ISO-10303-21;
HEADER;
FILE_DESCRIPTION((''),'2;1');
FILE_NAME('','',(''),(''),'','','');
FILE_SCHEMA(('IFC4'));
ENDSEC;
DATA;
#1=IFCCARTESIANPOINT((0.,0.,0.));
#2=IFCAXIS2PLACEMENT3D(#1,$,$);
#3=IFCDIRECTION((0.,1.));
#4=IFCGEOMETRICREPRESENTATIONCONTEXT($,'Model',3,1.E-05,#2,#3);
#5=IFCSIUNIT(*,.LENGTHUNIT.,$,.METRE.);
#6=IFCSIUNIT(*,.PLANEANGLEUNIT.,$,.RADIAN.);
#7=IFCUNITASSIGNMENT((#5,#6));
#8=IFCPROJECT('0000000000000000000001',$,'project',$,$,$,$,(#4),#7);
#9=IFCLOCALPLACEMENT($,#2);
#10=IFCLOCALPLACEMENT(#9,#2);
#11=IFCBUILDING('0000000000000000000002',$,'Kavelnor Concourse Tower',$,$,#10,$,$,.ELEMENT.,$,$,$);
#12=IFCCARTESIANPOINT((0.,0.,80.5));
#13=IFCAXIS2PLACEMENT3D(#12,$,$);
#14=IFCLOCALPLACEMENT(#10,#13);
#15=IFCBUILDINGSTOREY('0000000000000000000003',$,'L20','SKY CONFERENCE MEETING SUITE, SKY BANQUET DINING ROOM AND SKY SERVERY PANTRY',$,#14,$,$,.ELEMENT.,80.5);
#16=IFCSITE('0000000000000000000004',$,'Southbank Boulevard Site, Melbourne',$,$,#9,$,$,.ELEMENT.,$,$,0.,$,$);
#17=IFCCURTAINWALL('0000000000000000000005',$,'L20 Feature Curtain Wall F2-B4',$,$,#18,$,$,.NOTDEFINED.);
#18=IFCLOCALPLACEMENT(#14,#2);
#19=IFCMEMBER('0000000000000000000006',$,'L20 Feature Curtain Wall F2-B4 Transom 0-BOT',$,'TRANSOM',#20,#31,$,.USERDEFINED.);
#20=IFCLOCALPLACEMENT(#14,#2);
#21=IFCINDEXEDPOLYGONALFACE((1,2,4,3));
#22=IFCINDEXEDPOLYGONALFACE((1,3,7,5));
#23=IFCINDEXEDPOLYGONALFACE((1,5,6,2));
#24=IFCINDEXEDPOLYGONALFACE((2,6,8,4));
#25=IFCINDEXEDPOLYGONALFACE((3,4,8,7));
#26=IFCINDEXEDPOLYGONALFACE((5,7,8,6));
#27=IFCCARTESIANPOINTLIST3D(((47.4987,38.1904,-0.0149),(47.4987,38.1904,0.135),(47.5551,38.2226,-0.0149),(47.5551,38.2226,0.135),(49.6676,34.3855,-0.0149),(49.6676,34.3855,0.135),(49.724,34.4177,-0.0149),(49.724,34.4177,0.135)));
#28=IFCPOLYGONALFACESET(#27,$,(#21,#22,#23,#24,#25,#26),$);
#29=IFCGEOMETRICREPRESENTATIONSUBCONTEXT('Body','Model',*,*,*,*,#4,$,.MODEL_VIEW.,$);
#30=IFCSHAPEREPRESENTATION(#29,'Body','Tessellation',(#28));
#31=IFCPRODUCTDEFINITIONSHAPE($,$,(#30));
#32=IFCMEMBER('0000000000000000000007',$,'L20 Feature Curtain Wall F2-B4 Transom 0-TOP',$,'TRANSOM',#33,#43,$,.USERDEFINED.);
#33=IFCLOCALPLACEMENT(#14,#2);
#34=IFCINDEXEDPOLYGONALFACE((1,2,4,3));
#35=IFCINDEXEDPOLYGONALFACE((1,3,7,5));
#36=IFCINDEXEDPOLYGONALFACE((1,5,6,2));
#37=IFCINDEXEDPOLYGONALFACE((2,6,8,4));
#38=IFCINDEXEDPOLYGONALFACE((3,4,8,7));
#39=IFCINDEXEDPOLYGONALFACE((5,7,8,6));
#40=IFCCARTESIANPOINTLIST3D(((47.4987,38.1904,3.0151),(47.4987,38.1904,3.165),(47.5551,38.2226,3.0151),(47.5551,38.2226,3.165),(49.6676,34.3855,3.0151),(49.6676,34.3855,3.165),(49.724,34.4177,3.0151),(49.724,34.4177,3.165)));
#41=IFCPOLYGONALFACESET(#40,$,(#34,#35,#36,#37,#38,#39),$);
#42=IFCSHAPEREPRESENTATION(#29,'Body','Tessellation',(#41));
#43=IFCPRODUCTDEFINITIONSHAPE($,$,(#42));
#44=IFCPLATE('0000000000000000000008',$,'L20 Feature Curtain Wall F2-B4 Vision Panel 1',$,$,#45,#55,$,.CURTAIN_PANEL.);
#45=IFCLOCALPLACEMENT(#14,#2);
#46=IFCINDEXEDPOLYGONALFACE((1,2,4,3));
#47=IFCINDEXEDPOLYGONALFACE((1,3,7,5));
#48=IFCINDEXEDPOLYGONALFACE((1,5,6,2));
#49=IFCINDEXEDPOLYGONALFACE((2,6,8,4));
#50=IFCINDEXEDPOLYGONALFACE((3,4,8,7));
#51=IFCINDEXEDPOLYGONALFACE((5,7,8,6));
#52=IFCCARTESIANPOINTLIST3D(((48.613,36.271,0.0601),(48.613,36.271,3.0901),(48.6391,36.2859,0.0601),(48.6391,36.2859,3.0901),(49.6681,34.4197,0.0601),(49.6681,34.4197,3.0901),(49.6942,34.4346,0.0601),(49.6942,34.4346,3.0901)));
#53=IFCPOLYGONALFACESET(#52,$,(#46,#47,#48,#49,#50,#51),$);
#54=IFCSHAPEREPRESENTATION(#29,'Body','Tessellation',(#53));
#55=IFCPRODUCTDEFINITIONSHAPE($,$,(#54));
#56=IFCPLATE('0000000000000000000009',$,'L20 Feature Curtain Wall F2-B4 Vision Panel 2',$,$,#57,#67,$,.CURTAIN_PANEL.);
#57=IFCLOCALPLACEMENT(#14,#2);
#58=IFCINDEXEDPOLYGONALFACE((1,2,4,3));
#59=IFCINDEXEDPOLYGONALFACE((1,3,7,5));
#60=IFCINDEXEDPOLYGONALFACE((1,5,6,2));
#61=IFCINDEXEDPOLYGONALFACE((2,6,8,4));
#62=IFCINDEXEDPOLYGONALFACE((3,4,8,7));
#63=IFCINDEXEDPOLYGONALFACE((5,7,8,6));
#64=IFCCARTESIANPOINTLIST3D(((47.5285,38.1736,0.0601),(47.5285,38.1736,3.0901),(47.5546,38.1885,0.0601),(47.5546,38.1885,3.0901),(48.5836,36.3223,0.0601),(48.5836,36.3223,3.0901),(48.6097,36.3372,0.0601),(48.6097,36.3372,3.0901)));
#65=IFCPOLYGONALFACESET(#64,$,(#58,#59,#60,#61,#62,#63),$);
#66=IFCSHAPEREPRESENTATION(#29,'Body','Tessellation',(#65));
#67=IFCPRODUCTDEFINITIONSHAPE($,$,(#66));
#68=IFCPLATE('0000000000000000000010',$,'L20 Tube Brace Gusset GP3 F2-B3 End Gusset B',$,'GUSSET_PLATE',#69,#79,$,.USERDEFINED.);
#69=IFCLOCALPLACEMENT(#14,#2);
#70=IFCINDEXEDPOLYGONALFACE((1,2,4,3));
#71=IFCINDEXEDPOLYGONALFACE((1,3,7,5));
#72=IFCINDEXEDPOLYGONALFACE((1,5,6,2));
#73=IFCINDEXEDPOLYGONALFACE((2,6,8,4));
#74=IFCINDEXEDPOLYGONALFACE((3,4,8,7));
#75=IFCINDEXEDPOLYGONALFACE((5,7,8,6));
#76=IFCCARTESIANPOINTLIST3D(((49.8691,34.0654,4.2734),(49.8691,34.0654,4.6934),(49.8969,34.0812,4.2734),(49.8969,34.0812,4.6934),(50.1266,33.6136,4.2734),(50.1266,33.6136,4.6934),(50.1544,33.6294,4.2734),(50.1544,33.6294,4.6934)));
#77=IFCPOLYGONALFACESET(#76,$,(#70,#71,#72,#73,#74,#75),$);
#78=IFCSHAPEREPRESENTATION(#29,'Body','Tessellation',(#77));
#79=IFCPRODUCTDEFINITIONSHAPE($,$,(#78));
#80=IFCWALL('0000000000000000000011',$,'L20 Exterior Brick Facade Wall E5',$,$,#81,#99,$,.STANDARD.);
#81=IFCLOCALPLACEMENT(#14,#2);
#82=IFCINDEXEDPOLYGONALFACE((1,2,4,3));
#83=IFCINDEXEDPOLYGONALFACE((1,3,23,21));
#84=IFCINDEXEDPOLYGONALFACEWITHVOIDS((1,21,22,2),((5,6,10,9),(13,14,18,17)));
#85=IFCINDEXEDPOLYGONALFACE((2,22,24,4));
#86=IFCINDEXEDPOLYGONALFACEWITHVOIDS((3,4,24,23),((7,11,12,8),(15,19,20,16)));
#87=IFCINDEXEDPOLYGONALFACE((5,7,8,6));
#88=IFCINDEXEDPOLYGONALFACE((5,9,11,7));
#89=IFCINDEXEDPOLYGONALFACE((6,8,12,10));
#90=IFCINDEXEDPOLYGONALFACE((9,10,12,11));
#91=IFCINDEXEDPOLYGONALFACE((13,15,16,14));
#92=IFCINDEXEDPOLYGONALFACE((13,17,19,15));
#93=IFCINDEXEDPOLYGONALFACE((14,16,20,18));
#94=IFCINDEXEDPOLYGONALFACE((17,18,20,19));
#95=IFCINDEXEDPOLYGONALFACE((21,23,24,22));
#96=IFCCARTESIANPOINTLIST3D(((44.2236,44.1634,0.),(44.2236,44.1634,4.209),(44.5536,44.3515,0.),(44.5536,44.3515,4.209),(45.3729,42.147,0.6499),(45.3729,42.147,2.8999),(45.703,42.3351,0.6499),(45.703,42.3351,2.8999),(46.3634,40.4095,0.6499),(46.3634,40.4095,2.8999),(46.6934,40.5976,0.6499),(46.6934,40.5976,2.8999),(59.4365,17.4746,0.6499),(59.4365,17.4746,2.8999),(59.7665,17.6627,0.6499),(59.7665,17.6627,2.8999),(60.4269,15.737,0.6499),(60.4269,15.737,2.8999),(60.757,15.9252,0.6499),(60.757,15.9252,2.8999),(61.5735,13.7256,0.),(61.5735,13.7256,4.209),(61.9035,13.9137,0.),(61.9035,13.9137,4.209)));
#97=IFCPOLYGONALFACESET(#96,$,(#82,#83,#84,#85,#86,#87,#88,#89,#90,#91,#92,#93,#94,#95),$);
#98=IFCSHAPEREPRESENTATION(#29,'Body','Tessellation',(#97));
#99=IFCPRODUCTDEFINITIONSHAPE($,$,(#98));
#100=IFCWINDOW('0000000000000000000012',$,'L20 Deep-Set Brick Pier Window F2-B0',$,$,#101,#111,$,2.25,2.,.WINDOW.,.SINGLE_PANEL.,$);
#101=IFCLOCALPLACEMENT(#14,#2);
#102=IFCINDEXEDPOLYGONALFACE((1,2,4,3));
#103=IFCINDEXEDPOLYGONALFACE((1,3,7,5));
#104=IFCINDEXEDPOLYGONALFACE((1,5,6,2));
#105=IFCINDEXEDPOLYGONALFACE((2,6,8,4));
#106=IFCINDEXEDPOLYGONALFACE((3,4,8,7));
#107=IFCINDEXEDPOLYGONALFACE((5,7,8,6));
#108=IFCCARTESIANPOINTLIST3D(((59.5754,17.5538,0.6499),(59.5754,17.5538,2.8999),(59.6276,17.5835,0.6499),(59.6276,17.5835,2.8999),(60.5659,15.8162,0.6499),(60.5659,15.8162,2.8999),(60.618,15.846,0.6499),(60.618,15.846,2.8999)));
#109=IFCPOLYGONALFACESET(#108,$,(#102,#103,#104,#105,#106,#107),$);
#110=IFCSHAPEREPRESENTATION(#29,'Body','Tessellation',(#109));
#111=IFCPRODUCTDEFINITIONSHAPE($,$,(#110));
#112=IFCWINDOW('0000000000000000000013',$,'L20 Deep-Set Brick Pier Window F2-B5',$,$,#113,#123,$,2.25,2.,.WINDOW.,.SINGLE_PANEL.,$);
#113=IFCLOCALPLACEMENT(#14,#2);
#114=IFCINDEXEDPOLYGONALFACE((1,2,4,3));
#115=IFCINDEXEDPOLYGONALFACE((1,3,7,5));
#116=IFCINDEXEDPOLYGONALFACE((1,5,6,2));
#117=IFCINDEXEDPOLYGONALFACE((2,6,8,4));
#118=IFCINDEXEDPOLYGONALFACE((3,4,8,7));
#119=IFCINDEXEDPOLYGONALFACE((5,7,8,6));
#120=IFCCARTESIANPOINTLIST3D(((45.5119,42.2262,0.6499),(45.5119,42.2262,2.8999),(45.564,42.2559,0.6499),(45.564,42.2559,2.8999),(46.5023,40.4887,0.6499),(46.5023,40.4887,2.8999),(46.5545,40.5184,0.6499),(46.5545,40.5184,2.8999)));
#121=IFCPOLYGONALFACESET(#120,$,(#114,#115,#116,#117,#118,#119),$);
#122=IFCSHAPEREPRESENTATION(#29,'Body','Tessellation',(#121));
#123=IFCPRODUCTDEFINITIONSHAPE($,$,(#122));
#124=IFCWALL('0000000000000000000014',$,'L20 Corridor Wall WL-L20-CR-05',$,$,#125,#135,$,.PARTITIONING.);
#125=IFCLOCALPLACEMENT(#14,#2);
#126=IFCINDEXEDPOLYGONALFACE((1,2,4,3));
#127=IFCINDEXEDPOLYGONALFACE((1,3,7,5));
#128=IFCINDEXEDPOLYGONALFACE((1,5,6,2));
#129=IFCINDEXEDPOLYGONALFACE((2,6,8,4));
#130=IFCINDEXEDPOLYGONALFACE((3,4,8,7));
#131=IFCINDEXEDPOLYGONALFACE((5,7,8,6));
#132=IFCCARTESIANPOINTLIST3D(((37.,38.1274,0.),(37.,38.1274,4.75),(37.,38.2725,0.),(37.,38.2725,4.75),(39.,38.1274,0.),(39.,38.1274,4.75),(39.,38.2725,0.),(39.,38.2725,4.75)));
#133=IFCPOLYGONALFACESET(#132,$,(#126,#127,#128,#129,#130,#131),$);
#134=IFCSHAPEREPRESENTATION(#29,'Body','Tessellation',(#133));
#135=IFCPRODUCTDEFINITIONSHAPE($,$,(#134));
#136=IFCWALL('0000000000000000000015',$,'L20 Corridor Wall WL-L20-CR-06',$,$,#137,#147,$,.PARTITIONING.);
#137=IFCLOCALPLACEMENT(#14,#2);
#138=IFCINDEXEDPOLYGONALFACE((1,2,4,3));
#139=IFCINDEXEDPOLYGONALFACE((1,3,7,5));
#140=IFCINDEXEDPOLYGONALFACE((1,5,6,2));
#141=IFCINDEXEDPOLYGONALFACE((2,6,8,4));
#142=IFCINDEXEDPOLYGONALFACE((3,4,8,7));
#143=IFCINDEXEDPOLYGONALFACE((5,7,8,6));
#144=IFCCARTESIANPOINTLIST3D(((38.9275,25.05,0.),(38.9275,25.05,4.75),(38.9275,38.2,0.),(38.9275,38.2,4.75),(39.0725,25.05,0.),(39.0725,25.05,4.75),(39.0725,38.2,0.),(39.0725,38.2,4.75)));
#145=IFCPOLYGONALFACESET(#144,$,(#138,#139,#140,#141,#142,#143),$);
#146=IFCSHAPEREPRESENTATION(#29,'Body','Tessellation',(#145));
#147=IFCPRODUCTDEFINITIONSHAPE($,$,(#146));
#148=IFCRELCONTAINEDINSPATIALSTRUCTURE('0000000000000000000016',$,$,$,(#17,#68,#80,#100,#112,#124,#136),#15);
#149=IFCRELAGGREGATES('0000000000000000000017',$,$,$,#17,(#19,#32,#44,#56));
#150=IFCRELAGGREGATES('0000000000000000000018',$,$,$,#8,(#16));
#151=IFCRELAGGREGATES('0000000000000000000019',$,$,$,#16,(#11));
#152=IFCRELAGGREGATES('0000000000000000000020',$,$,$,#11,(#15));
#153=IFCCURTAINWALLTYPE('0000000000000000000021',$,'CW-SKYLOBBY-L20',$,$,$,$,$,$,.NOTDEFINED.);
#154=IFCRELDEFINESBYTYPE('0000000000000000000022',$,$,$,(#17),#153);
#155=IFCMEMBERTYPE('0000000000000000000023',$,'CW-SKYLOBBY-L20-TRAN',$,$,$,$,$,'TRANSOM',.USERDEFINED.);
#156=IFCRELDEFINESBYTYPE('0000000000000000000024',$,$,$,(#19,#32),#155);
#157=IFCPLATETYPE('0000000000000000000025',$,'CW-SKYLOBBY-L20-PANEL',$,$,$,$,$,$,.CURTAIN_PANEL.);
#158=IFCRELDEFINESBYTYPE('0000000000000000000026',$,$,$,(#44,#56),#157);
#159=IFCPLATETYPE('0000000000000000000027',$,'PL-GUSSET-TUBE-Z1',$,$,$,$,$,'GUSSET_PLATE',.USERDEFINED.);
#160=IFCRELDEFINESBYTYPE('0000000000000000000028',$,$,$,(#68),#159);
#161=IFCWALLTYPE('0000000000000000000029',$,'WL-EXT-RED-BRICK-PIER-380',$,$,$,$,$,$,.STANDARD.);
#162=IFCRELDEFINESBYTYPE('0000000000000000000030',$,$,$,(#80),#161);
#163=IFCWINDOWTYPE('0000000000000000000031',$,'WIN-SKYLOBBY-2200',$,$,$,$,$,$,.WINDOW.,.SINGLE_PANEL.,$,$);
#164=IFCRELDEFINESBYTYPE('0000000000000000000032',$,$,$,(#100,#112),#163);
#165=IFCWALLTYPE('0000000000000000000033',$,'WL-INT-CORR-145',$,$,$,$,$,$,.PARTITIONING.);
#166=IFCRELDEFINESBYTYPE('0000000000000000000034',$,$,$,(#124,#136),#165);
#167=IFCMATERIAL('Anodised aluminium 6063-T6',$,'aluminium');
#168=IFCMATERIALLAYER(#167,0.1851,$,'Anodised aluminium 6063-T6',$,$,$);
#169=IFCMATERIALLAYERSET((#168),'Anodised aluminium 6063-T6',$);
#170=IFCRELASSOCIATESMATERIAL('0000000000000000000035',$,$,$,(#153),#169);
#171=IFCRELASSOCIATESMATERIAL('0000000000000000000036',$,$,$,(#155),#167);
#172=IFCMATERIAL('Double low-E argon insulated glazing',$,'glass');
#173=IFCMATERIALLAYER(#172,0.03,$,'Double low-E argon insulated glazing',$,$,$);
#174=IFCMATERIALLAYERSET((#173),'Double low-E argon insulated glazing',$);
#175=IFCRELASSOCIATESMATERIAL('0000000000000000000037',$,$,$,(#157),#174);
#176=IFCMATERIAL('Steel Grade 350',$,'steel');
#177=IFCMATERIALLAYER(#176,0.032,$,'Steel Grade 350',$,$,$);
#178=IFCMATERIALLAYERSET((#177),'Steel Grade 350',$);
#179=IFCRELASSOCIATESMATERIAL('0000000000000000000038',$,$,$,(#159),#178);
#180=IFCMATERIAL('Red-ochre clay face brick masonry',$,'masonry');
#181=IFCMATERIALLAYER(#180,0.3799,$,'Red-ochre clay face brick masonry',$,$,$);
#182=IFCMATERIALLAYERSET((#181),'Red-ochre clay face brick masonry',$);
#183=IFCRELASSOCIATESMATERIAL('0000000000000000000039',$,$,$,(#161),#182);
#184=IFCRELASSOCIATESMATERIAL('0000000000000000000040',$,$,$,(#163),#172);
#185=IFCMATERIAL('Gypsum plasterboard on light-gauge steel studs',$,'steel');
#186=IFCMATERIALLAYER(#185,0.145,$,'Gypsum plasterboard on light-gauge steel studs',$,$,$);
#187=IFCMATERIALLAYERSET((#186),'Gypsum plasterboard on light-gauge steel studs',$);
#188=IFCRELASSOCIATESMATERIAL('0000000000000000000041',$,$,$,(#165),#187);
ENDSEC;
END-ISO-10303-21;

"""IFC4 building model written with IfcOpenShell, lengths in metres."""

from ifc_helpers import new_model, si_unit, direction, frame, frame_2d, origin, origin_2d, place, context, subcontext, project, spatial, rectangle, extrude, material, layer, layer_set, material_profile, profile_set, type_object, element, fill, aggregate, save


model = new_model("IFC4")

# Units and contexts
model_context = context("Model", 3, precision=1e-05, world=origin(), true_north=direction((0.0, 1.0)))
body_context = subcontext(model_context, "Body", "Model", "MODEL_VIEW")
ifc_project = project(units=[si_unit("LENGTHUNIT", "METRE"), si_unit("PLANEANGLEUNIT", "RADIAN")], contexts=[model_context])

# Site, building, storey
site_placement = place(None, origin())
site = spatial("IfcSite", under=ifc_project, at=site_placement, Name="Southbank Boulevard Site, Melbourne", CompositionType="ELEMENT", RefElevation=0.0)
building_placement = place(site_placement, origin())
building = spatial("IfcBuilding", under=site, at=building_placement, Name="Kavelnor Concourse Tower", CompositionType="ELEMENT")
storey_placement = place(building_placement, frame((0.0, 0.0, 80.5)))
storey = spatial("IfcBuildingStorey", under=building, at=storey_placement, Name="L20", Description="SKY CONFERENCE MEETING SUITE, SKY BANQUET DINING ROOM AND SKY SERVERY PANTRY", CompositionType="ELEMENT", Elevation=80.5)

# Shared definitions
ifc_material_1 = material(Name="Steel Grade 350", Category="steel")

# Curtain wall, members, plates
ifc_material_2 = material(Name="Anodised aluminium 6063-T6", Category="aluminium")
ifc_layer_1 = layer(ifc_material_2, 0.1851, Name="Anodised aluminium 6063-T6")
ifc_layer_set_1 = layer_set([ifc_layer_1], Name="Anodised aluminium 6063-T6")
curtain_wall_type = type_object("IfcCurtainWallType", Name="CW-SKYLOBBY-L20", PredefinedType="NOTDEFINED", material=ifc_layer_set_1)
curtain_wall_placement = place(storey_placement, origin())
curtain_wall = element("IfcCurtainWall", 1, at=curtain_wall_placement, inside=storey, type_object=curtain_wall_type, Name="L20 Feature Curtain Wall F2-B4", PredefinedType="NOTDEFINED")
ifc_material_profile_1 = material_profile(ifc_material_2, rectangle(XDim=0.0649, YDim=0.1499, at=origin_2d()), Name="AL-TRAN 65x150")
ifc_profile_set_1 = profile_set([ifc_material_profile_1], Name="Anodised aluminium 6063-T6")
member_type_1 = type_object("IfcMemberType", Name="CW-SKYLOBBY-L20-TRAN", ElementType="TRANSOM", PredefinedType="USERDEFINED", material=ifc_profile_set_1)
member_1_placement = place(storey_placement, frame((49.6958, 34.4016, 0.0601), z_axis=(-0.495226, 0.868764, 0.0), x_axis=(-0.868764, -0.495226, 0.0)))
member_1 = element("IfcMember", 2, at=member_1_placement, type_object=member_type_1, Name="L20 Feature Curtain Wall F2-B4 Transom 0-BOT", ObjectType="TRANSOM", PredefinedType="USERDEFINED", context=body_context, shape_type="SweptSolid", body=[
    extrude(rectangle(XDim=0.0649, YDim=0.1499, at=origin_2d()), origin(), (0.0, 0.0, 1.0), 4.3796),
])
member_2_placement = place(storey_placement, frame((49.6958, 34.4016, 3.0901), z_axis=(-0.495226, 0.868764, 0.0), x_axis=(-0.868764, -0.495226, 0.0)))
member_2 = element("IfcMember", 3, at=member_2_placement, type_object=member_type_1, Name="L20 Feature Curtain Wall F2-B4 Transom 0-TOP", ObjectType="TRANSOM", PredefinedType="USERDEFINED", context=body_context, shape_type="SweptSolid", body=[
    extrude(rectangle(XDim=0.0649, YDim=0.1499, at=origin_2d()), origin(), (0.0, 0.0, 1.0), 4.3796),
])
ifc_material_3 = material(Name="Double low-E argon insulated glazing", Category="glass")
ifc_layer_2 = layer(ifc_material_3, 0.03, Name="Double low-E argon insulated glazing")
ifc_layer_set_2 = layer_set([ifc_layer_2], Name="Double low-E argon insulated glazing")
plate_type_1 = type_object("IfcPlateType", Name="CW-SKYLOBBY-L20-PANEL", PredefinedType="CURTAIN_PANEL", material=ifc_layer_set_2)
plate_1_placement = place(storey_placement, frame((49.1536, 35.3528, 0.0601), z_axis=(0.0, 0.0, 1.0), x_axis=(-0.495155, 0.868804, 0.0)))
plate_1 = element("IfcPlate", 4, at=plate_1_placement, type_object=plate_type_1, Name="L20 Feature Curtain Wall F2-B4 Vision Panel 1", PredefinedType="CURTAIN_PANEL", context=body_context, shape_type="SweptSolid", body=[
    extrude(rectangle(XDim=2.1309, YDim=0.03, at=origin_2d()), origin(), (0.0, 0.0, 1.0), 3.03),
])
plate_2_placement = place(storey_placement, frame((48.0691, 37.2554, 0.0601), z_axis=(0.0, 0.0, 1.0), x_axis=(-0.495155, 0.868804, 0.0)))
plate_2 = element("IfcPlate", 5, at=plate_2_placement, type_object=plate_type_1, Name="L20 Feature Curtain Wall F2-B4 Vision Panel 2", PredefinedType="CURTAIN_PANEL", context=body_context, shape_type="SweptSolid", body=[
    extrude(rectangle(XDim=2.1309, YDim=0.03, at=origin_2d()), origin(), (0.0, 0.0, 1.0), 3.03),
])
aggregate(curtain_wall, [member_1, member_2, plate_1, plate_2])

# Plate
ifc_layer_3 = layer(ifc_material_1, 0.032, Name="Steel Grade 350")
ifc_layer_set_3 = layer_set([ifc_layer_3], Name="Steel Grade 350")
plate_type_2 = type_object("IfcPlateType", Name="PL-GUSSET-TUBE-Z1", ElementType="GUSSET_PLATE", PredefinedType="USERDEFINED", material=ifc_layer_set_3)
plate_3_placement = place(storey_placement, frame((50.0117, 33.8474, 4.2734), z_axis=(0.0, 0.0, 1.0), x_axis=(-0.495155, 0.868804, 0.0)))
element("IfcPlate", 6, at=plate_3_placement, inside=storey, type_object=plate_type_2, Name="L20 Tube Brace Gusset GP3 F2-B3 End Gusset B", ObjectType="GUSSET_PLATE", PredefinedType="USERDEFINED", context=body_context, shape_type="SweptSolid", body=[
    extrude(rectangle(XDim=0.52, YDim=0.032, at=origin_2d()), origin(), (0.0, 0.0, 1.0), 0.4199),
])

# Wall, openings, windows
ifc_material_4 = material(Name="Red-ochre clay face brick masonry", Category="masonry")
ifc_layer_4 = layer(ifc_material_4, 0.3799, Name="Red-ochre clay face brick masonry")
ifc_layer_set_4 = layer_set([ifc_layer_4], Name="Red-ochre clay face brick masonry")
wall_type_1 = type_object("IfcWallType", Name="WL-EXT-RED-BRICK-PIER-380", PredefinedType="STANDARD", material=ifc_layer_set_4)
wall_1_placement = place(storey_placement, frame((44.3887, 44.2573, 0.0), z_axis=(0.0, 0.0, 1.0), x_axis=(0.49521, -0.868773, 0.0)))
wall_1 = element("IfcWall", 7, at=wall_1_placement, inside=storey, type_object=wall_type_1, Name="L20 Exterior Brick Facade Wall E5", PredefinedType="STANDARD", context=body_context, shape_type="SweptSolid", body=[
    extrude(rectangle(XDim=35.0354, YDim=0.3799, at=frame_2d((17.5176, 0.0))), origin(), (0.0, 0.0, 1.0), 4.209),
])
opening_1_placement = place(wall_1_placement, frame((30.72, 0.0, 0.6499)))
opening_1 = element("IfcOpeningElement", 8, at=opening_1_placement, cuts=wall_1, PredefinedType="OPENING", context=body_context, shape_type="SweptSolid", body=[
    extrude(rectangle(XDim=2.0, YDim=2.25, at=frame_2d((1.0, 1.125))), frame((0.0, 0.2, 0.0), z_axis=(0.0, -1.0, 0.0), x_axis=(1.0, 0.0, 0.0)), (0.0, 0.0, 1.0), 0.3999),
])
opening_2_placement = place(wall_1_placement, frame((2.3208, 0.0, 0.6499)))
opening_2 = element("IfcOpeningElement", 9, at=opening_2_placement, cuts=wall_1, PredefinedType="OPENING", context=body_context, shape_type="SweptSolid", body=[
    extrude(rectangle(XDim=2.0, YDim=2.25, at=frame_2d((1.0, 1.125))), frame((0.0, 0.2, 0.0), z_axis=(0.0, -1.0, 0.0), x_axis=(1.0, 0.0, 0.0)), (0.0, 0.0, 1.0), 0.3999),
])
window_type = type_object("IfcWindowType", Name="WIN-SKYLOBBY-2200", PartitioningType="SINGLE_PANEL", PredefinedType="WINDOW", material=ifc_material_3)
window_1_placement = place(opening_1_placement, origin())
window_1 = element("IfcWindow", 10, at=window_1_placement, inside=storey, type_object=window_type, Name="L20 Deep-Set Brick Pier Window F2-B0", OverallHeight=2.25, OverallWidth=2.0, PartitioningType="SINGLE_PANEL", PredefinedType="WINDOW", context=body_context, shape_type="SweptSolid", body=[
    extrude(rectangle(XDim=2.0, YDim=2.25, at=frame_2d((1.0, 1.125))), frame((0.0, 0.03, 0.0), z_axis=(0.0, -1.0, 0.0), x_axis=(1.0, 0.0, 0.0)), (0.0, 0.0, 1.0), 0.0601),
])
fill(opening_1, window_1)
window_2_placement = place(opening_2_placement, origin())
window_2 = element("IfcWindow", 11, at=window_2_placement, inside=storey, type_object=window_type, Name="L20 Deep-Set Brick Pier Window F2-B5", OverallHeight=2.25, OverallWidth=2.0, PartitioningType="SINGLE_PANEL", PredefinedType="WINDOW", context=body_context, shape_type="SweptSolid", body=[
    extrude(rectangle(XDim=2.0, YDim=2.25, at=frame_2d((1.0, 1.125))), frame((0.0, 0.03, 0.0), z_axis=(0.0, -1.0, 0.0), x_axis=(1.0, 0.0, 0.0)), (0.0, 0.0, 1.0), 0.0601),
])
fill(opening_2, window_2)

# Walls
ifc_material_5 = material(Name="Gypsum plasterboard on light-gauge steel studs", Category="steel")
ifc_layer_5 = layer(ifc_material_5, 0.145, Name="Gypsum plasterboard on light-gauge steel studs")
ifc_layer_set_5 = layer_set([ifc_layer_5], Name="Gypsum plasterboard on light-gauge steel studs")
wall_type_2 = type_object("IfcWallType", Name="WL-INT-CORR-145", PredefinedType="PARTITIONING", material=ifc_layer_set_5)
wall_2_placement = place(storey_placement, frame((37.0, 38.2, 0.0), z_axis=(0.0, 0.0, 1.0), x_axis=(1.0, 0.0, 0.0)))
element("IfcWall", 12, at=wall_2_placement, inside=storey, type_object=wall_type_2, Name="L20 Corridor Wall WL-L20-CR-05", PredefinedType="PARTITIONING", context=body_context, shape_type="SweptSolid", body=[
    extrude(rectangle(XDim=2.0, YDim=0.145, at=frame_2d((1.0, 0.0))), origin(), (0.0, 0.0, 1.0), 4.75),
])
wall_3_placement = place(storey_placement, frame((39.0, 38.2, 0.0), z_axis=(0.0, 0.0, 1.0), x_axis=(0.0, -1.0, 0.0)))
element("IfcWall", 13, at=wall_3_placement, inside=storey, type_object=wall_type_2, Name="L20 Corridor Wall WL-L20-CR-06", PredefinedType="PARTITIONING", context=body_context, shape_type="SweptSolid", body=[
    extrude(rectangle(XDim=13.1499, YDim=0.145, at=frame_2d((6.575, 0.0))), origin(), (0.0, 0.0, 1.0), 4.75),
])

save(model, "model.ifc")
